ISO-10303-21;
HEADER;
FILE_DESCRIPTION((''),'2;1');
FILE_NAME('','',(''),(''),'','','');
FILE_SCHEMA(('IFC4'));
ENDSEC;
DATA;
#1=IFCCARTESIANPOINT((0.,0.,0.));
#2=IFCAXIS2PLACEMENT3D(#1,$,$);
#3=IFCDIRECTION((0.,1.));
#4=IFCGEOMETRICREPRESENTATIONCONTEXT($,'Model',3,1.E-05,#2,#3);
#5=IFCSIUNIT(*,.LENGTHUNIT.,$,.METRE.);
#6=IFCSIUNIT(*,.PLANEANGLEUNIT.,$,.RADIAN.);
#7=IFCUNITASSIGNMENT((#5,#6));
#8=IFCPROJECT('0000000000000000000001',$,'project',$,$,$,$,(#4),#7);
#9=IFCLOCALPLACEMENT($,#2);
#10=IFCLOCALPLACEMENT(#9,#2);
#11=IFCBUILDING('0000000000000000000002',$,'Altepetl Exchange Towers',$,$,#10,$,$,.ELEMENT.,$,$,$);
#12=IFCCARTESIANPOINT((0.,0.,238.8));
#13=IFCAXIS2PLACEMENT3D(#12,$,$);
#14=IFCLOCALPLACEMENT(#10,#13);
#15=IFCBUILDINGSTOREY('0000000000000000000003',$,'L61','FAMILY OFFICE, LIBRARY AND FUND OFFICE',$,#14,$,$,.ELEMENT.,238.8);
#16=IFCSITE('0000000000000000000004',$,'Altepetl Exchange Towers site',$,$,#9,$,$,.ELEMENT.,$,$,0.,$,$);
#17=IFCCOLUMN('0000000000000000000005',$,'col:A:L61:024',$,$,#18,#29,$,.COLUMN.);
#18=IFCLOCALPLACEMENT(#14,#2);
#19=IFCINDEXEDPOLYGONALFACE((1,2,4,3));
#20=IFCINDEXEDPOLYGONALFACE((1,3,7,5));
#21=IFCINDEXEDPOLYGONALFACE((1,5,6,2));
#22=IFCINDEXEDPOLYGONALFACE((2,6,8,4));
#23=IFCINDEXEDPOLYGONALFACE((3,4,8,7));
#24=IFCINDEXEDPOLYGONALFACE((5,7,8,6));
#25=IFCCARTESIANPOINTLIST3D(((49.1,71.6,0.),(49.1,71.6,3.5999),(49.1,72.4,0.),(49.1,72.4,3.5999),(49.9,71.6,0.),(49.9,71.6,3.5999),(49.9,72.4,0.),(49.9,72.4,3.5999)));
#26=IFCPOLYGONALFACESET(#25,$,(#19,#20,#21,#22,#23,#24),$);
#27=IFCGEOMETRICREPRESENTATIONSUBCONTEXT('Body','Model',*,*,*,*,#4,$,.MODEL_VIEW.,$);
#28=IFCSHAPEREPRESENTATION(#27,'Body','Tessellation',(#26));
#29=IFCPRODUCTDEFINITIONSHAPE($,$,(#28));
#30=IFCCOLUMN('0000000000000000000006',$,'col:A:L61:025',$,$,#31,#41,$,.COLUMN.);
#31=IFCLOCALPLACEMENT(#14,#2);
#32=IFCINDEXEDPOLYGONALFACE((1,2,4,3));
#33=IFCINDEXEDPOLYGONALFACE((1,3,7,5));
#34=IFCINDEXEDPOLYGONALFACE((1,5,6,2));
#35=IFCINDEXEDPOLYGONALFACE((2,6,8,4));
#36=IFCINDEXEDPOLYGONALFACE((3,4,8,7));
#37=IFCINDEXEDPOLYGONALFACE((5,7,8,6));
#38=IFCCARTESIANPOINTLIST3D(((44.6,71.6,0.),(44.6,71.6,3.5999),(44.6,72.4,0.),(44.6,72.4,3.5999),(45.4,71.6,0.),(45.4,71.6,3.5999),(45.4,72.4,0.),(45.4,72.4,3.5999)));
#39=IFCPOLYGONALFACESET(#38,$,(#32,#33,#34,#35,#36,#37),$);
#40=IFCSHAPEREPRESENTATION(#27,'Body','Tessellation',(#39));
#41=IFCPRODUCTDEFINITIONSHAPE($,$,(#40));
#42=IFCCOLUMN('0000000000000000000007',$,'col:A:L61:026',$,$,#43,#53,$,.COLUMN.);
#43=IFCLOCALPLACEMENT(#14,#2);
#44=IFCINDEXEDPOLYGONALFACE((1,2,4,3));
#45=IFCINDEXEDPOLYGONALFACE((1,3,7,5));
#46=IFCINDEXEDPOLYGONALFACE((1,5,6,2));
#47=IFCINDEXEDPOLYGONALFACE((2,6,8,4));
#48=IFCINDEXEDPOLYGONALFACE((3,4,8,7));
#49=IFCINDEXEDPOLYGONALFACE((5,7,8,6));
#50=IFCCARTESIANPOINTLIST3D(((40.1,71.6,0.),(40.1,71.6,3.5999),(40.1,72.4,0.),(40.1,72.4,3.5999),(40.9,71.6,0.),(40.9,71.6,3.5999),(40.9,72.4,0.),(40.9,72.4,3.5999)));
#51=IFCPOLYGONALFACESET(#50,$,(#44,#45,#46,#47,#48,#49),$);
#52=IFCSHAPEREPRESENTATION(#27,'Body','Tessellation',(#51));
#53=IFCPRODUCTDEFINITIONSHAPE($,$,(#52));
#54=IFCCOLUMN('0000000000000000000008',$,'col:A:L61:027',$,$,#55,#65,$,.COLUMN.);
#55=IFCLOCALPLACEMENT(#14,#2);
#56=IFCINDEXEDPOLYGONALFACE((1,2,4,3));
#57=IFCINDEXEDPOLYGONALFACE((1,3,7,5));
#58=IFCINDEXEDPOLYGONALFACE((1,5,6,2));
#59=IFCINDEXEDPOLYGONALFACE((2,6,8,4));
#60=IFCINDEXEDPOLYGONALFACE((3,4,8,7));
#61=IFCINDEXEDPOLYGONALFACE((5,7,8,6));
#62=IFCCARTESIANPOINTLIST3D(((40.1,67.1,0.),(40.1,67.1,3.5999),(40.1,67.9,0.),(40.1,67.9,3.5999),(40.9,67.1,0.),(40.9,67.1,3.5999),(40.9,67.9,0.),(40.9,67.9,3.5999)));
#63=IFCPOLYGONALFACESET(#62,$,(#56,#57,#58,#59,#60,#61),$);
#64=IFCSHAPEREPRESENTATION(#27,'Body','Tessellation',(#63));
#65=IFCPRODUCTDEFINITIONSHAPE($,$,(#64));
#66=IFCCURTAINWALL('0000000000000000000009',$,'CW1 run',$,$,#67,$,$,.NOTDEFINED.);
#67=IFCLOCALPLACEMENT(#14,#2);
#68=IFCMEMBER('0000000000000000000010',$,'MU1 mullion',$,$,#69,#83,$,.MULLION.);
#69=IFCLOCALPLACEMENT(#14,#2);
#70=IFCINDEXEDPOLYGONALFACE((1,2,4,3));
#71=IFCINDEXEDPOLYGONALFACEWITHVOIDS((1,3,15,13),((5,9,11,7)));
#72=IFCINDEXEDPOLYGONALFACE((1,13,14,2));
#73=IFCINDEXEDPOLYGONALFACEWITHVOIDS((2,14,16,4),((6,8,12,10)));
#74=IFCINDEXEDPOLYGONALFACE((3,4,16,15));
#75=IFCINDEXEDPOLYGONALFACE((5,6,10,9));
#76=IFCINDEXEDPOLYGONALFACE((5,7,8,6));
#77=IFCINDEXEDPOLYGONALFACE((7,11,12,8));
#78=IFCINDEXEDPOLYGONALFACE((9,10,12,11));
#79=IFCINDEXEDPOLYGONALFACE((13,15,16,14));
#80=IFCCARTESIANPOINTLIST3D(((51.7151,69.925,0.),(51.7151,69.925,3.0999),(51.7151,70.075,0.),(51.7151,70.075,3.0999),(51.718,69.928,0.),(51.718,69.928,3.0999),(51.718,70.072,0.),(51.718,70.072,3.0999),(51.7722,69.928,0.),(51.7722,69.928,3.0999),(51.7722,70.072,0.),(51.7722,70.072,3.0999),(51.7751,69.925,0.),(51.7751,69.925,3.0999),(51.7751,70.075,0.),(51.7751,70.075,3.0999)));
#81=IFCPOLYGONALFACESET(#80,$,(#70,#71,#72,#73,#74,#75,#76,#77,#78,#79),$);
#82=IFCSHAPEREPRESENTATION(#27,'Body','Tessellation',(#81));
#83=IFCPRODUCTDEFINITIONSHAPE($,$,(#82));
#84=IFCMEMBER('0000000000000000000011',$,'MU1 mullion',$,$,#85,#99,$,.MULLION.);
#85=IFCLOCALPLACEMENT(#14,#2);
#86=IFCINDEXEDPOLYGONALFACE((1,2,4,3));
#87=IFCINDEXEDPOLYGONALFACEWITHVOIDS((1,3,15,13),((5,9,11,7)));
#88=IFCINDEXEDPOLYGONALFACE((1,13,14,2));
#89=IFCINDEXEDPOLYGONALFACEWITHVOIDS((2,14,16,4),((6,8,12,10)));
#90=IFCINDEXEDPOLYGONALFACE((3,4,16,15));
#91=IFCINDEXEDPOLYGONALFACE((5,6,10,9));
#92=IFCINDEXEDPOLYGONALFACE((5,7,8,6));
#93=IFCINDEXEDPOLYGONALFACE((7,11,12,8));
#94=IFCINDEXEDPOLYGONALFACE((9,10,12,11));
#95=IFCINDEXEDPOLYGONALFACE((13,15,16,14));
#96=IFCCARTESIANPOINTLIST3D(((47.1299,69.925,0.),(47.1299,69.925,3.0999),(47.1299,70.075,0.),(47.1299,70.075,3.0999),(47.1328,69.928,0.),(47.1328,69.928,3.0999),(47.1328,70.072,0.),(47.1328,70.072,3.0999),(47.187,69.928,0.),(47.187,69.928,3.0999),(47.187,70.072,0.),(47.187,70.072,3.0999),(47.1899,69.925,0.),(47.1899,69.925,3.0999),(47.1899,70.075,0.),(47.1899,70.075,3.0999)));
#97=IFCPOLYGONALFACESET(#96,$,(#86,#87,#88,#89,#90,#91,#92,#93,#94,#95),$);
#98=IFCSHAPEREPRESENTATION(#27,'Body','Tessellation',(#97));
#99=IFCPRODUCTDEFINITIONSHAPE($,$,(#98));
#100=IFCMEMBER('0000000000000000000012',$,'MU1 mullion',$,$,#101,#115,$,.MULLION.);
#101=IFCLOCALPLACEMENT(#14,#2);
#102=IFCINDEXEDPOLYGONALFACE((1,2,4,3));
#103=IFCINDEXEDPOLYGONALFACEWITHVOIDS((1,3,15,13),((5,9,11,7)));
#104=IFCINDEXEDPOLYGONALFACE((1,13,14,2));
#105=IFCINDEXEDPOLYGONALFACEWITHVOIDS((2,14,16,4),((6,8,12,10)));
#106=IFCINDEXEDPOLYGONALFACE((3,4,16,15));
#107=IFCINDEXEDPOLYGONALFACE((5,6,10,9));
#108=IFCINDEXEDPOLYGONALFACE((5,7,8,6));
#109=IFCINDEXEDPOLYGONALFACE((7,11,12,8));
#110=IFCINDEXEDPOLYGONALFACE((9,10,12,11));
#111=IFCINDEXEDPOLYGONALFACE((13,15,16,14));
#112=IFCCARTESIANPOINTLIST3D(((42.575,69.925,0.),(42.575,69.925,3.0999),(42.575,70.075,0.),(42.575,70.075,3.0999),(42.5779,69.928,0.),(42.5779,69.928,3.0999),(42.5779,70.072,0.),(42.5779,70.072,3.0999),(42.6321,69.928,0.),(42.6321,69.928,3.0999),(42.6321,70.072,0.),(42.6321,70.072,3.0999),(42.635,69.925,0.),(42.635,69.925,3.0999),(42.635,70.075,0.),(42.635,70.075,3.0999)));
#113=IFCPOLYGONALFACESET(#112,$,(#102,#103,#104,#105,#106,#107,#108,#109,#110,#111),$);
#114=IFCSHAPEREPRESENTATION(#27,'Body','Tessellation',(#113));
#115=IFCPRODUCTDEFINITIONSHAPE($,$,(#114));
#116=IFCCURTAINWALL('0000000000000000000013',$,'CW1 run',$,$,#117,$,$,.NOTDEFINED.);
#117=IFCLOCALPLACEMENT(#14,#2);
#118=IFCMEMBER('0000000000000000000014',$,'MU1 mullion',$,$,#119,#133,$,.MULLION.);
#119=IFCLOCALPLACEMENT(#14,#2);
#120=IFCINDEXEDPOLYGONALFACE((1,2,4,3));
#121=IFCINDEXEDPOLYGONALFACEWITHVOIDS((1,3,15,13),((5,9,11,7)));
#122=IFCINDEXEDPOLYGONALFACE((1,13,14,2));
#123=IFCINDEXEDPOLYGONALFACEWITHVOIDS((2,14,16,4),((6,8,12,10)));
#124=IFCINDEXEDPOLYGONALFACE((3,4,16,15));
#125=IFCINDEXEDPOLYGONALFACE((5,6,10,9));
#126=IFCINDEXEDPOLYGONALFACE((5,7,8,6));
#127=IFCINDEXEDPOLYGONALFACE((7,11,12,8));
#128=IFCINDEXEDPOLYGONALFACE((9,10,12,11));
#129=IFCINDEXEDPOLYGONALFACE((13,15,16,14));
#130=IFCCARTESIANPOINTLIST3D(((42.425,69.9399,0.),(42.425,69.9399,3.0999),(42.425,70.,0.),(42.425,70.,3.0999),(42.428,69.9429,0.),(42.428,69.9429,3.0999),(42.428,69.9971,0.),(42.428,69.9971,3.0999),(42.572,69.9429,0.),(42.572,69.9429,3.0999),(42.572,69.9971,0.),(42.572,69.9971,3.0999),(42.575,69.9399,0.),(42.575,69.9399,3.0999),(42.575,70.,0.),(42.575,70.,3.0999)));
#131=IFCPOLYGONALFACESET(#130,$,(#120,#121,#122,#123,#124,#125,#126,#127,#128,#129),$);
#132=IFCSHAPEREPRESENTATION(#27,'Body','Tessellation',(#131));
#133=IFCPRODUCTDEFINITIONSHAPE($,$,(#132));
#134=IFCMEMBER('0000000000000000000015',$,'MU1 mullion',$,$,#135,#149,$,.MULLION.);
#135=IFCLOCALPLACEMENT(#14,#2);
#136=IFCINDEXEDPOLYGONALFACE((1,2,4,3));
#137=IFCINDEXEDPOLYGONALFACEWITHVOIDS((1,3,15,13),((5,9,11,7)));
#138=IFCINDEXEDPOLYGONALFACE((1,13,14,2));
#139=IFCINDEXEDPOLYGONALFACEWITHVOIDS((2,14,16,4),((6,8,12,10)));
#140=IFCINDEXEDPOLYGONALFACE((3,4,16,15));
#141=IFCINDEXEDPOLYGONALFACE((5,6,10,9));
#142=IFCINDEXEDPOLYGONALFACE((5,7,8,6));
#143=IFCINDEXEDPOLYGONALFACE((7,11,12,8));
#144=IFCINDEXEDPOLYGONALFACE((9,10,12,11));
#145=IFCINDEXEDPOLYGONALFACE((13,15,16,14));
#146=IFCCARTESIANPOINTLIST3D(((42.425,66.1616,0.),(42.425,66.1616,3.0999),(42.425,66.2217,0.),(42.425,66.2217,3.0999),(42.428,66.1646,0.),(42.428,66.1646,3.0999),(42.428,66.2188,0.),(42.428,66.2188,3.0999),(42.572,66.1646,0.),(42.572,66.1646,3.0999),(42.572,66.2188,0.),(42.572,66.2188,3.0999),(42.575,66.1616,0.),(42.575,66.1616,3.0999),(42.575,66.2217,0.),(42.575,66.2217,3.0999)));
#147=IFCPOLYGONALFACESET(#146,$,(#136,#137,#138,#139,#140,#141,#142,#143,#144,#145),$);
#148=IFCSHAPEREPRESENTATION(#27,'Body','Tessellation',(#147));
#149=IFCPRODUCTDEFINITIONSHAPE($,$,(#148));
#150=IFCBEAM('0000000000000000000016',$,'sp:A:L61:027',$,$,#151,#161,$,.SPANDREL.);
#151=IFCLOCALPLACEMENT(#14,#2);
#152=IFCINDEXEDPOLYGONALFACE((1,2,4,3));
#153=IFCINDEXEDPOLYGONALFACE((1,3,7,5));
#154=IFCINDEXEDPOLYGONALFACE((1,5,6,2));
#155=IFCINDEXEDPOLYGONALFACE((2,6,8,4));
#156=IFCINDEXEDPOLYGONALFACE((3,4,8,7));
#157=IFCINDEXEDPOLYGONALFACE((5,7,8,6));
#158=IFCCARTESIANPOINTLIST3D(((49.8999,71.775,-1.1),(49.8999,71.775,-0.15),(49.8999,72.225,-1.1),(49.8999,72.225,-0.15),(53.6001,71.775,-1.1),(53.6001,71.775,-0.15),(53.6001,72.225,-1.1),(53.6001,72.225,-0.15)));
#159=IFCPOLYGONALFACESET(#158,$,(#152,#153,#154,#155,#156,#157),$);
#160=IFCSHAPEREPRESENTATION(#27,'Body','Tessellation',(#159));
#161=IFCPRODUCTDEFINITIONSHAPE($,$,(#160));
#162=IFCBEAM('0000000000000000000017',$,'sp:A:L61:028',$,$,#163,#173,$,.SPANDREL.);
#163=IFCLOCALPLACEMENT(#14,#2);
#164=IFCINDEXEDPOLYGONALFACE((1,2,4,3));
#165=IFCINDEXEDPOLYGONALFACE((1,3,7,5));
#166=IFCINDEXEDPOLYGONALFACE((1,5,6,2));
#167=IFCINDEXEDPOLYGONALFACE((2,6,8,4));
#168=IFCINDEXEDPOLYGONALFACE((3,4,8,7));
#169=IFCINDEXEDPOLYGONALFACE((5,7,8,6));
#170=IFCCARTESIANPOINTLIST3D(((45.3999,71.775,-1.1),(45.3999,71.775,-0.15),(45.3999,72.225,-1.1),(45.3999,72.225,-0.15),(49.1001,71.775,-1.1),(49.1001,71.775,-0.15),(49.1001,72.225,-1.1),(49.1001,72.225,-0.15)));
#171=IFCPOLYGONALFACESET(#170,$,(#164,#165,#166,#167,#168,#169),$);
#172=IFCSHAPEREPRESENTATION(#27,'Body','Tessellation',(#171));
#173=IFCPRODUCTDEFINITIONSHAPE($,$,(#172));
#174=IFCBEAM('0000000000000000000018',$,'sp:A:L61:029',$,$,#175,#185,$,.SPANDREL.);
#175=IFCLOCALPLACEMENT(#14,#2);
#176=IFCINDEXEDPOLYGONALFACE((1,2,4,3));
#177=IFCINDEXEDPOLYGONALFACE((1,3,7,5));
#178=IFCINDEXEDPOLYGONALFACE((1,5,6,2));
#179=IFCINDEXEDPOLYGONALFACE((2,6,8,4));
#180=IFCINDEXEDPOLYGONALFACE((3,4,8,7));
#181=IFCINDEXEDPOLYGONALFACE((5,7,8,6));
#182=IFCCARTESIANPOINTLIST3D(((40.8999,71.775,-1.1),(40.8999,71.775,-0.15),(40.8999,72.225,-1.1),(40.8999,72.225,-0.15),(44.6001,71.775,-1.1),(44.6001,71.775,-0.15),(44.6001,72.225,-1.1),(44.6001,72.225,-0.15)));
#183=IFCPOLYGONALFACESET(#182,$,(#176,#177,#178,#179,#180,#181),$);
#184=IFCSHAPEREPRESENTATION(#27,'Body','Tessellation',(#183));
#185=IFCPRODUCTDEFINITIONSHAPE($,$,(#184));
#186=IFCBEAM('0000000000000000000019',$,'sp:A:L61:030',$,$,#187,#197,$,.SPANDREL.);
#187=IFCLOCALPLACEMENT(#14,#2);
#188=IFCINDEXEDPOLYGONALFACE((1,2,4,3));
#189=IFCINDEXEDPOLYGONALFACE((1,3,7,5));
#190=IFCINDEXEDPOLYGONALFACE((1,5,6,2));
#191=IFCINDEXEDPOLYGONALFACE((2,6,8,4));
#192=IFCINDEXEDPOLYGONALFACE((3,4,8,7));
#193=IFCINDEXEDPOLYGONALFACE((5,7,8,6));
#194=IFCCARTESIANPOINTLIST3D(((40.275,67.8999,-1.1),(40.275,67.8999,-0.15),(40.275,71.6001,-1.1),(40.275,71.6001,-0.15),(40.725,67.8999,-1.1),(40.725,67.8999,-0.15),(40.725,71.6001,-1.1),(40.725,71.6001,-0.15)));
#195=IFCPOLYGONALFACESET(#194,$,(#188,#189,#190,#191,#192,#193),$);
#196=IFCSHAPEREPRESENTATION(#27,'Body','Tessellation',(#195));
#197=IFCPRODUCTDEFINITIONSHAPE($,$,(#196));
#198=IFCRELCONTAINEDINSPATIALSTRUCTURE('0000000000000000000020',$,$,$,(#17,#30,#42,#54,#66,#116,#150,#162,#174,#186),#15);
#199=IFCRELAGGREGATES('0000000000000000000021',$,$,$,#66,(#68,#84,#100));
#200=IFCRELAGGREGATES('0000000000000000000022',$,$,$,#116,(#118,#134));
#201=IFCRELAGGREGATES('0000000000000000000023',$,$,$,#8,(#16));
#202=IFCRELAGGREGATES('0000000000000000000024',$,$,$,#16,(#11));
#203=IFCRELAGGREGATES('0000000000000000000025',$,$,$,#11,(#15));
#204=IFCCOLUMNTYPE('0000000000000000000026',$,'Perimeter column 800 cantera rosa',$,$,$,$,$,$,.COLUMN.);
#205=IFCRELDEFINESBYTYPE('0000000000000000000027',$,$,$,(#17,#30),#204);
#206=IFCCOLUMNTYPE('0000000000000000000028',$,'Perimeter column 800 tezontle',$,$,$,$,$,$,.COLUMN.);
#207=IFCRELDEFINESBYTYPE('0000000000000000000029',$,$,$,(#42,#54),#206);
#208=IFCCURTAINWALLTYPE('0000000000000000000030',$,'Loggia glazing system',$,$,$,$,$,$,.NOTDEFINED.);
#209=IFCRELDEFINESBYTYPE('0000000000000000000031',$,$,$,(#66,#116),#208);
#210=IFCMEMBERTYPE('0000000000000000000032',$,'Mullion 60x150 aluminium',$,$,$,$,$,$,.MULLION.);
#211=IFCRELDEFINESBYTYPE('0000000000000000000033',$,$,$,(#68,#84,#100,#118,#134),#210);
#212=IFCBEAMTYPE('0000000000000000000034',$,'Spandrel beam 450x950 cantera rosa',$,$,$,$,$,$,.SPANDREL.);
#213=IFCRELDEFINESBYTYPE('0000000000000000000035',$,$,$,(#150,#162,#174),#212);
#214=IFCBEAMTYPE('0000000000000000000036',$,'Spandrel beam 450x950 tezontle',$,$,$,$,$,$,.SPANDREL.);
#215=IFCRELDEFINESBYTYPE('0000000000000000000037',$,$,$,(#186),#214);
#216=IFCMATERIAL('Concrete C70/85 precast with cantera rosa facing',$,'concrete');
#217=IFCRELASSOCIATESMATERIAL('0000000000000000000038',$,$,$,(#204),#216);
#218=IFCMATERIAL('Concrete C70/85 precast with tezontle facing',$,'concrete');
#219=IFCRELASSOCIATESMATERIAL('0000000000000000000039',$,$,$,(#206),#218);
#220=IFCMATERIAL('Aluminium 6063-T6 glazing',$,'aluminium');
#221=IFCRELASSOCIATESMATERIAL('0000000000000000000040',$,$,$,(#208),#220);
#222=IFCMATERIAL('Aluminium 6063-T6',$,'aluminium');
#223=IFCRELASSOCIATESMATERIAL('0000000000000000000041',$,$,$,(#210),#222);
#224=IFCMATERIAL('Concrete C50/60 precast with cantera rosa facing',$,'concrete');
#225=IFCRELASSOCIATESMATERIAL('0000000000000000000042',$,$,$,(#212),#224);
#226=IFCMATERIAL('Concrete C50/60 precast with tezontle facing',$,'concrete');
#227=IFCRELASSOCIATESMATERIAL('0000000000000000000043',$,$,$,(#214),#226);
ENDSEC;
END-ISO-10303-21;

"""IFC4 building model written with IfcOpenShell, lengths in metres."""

from ifc_helpers import new_model, si_unit, direction, frame, origin, origin_2d, place, context, subcontext, project, spatial, rectangle, hollow_rectangle, extrude, material, material_profile, profile_set, type_object, element, aggregate, save


model = new_model("IFC4")

# Units and contexts
model_context = context("Model", 3, precision=1e-05, world=origin(), true_north=direction((0.0, 1.0)))
body_context = subcontext(model_context, "Body", "Model", "MODEL_VIEW")
ifc_project = project(units=[si_unit("LENGTHUNIT", "METRE"), si_unit("PLANEANGLEUNIT", "RADIAN")], contexts=[model_context])

# Site, building, storey
site_placement = place(None, origin())
site = spatial("IfcSite", under=ifc_project, at=site_placement, Name="Altepetl Exchange Towers site", CompositionType="ELEMENT", RefElevation=0.0)
building_placement = place(site_placement, origin())
building = spatial("IfcBuilding", under=site, at=building_placement, Name="Altepetl Exchange Towers", CompositionType="ELEMENT")
storey_placement = place(building_placement, frame((0.0, 0.0, 238.8)))
storey = spatial("IfcBuildingStorey", under=building, at=storey_placement, Name="L61", Description="FAMILY OFFICE, LIBRARY AND FUND OFFICE", CompositionType="ELEMENT", Elevation=238.8)

# Columns
ifc_material_1 = material(Name="Concrete C70/85 precast with cantera rosa facing", Category="concrete")
ifc_material_profile_1 = material_profile(ifc_material_1, rectangle(XDim=0.8, YDim=0.8, at=origin_2d()), Name="800 x 800")
ifc_profile_set_1 = profile_set([ifc_material_profile_1], Name="Concrete C70/85 precast with cantera rosa facing")
column_type_1 = type_object("IfcColumnType", Name="Perimeter column 800 cantera rosa", PredefinedType="COLUMN", material=ifc_profile_set_1)
for number, where, name in (
    (1, (49.5, 72.0, 0.0), "col:A:L61:024"),
    (2, (45.0, 72.0, 0.0), "col:A:L61:025"),
):
    element("IfcColumn", number, at=place(storey_placement, frame(where)), inside=storey, type_object=column_type_1, Name=name, PredefinedType="COLUMN", context=body_context, shape_type="SweptSolid", body=[
        extrude(rectangle(XDim=0.8, YDim=0.8, at=origin_2d()), origin(), (0.0, 0.0, 1.0), 3.5999),
    ])
ifc_material_2 = material(Name="Concrete C70/85 precast with tezontle facing", Category="concrete")
ifc_material_profile_2 = material_profile(ifc_material_2, rectangle(XDim=0.8, YDim=0.8, at=origin_2d()), Name="800 x 800")
ifc_profile_set_2 = profile_set([ifc_material_profile_2], Name="Concrete C70/85 precast with tezontle facing")
column_type_2 = type_object("IfcColumnType", Name="Perimeter column 800 tezontle", PredefinedType="COLUMN", material=ifc_profile_set_2)
for number, where, name in (
    (3, (40.5, 72.0, 0.0), "col:A:L61:026"),
    (4, (40.5, 67.5, 0.0), "col:A:L61:027"),
):
    element("IfcColumn", number, at=place(storey_placement, frame(where)), inside=storey, type_object=column_type_2, Name=name, PredefinedType="COLUMN", context=body_context, shape_type="SweptSolid", body=[
        extrude(rectangle(XDim=0.8, YDim=0.8, at=origin_2d()), origin(), (0.0, 0.0, 1.0), 3.5999),
    ])

# Curtain walls, members
ifc_material_3 = material(Name="Aluminium 6063-T6 glazing", Category="aluminium")
curtain_wall_type = type_object("IfcCurtainWallType", Name="Loggia glazing system", PredefinedType="NOTDEFINED", material=ifc_material_3)
curtain_wall_1_placement = place(storey_placement, origin())
curtain_wall_1 = element("IfcCurtainWall", 5, at=curtain_wall_1_placement, inside=storey, type_object=curtain_wall_type, Name="CW1 run", PredefinedType="NOTDEFINED")
ifc_material_4 = material(Name="Aluminium 6063-T6", Category="aluminium")
ifc_material_profile_3 = material_profile(ifc_material_4, hollow_rectangle(XDim=0.0601, YDim=0.1499, WallThickness=0.0029, at=origin_2d()), Name="Mullion 60x150 aluminium")
ifc_profile_set_3 = profile_set([ifc_material_profile_3], Name="Aluminium 6063-T6")
member_type = type_object("IfcMemberType", Name="Mullion 60x150 aluminium", PredefinedType="MULLION", material=ifc_profile_set_3)
member_1_placement = place(storey_placement, frame((51.7451, 70.0, 0.0), z_axis=(0.0, 0.0, 1.0), x_axis=(-1.0, 0.0, 0.0)))
member_1 = element("IfcMember", 6, at=member_1_placement, type_object=member_type, Name="MU1 mullion", PredefinedType="MULLION", context=body_context, shape_type="SweptSolid", body=[
    extrude(hollow_rectangle(XDim=0.0601, YDim=0.1499, WallThickness=0.0029, at=origin_2d()), origin(), (0.0, 0.0, 1.0), 3.0999),
])
member_2_placement = place(storey_placement, frame((47.1599, 70.0, 0.0), z_axis=(0.0, 0.0, 1.0), x_axis=(-1.0, 0.0, 0.0)))
member_2 = element("IfcMember", 7, at=member_2_placement, type_object=member_type, Name="MU1 mullion", PredefinedType="MULLION", context=body_context, shape_type="SweptSolid", body=[
    extrude(hollow_rectangle(XDim=0.0601, YDim=0.1499, WallThickness=0.0029, at=origin_2d()), origin(), (0.0, 0.0, 1.0), 3.0999),
])
member_3_placement = place(storey_placement, frame((42.605, 70.0, 0.0), z_axis=(0.0, 0.0, 1.0), x_axis=(-1.0, 0.0, 0.0)))
member_3 = element("IfcMember", 8, at=member_3_placement, type_object=member_type, Name="MU1 mullion", PredefinedType="MULLION", context=body_context, shape_type="SweptSolid", body=[
    extrude(hollow_rectangle(XDim=0.0601, YDim=0.1499, WallThickness=0.0029, at=origin_2d()), origin(), (0.0, 0.0, 1.0), 3.0999),
])
curtain_wall_2_placement = place(storey_placement, origin())
curtain_wall_2 = element("IfcCurtainWall", 9, at=curtain_wall_2_placement, inside=storey, type_object=curtain_wall_type, Name="CW1 run", PredefinedType="NOTDEFINED")
member_4_placement = place(storey_placement, frame((42.5, 69.97, 0.0), z_axis=(0.0, 0.0, 1.0), x_axis=(0.0, -1.0, 0.0)))
member_4 = element("IfcMember", 10, at=member_4_placement, type_object=member_type, Name="MU1 mullion", PredefinedType="MULLION", context=body_context, shape_type="SweptSolid", body=[
    extrude(hollow_rectangle(XDim=0.0601, YDim=0.1499, WallThickness=0.0029, at=origin_2d()), origin(), (0.0, 0.0, 1.0), 3.0999),
])
member_5_placement = place(storey_placement, frame((42.5, 66.1917, 0.0), z_axis=(0.0, 0.0, 1.0), x_axis=(0.0, -1.0, 0.0)))
member_5 = element("IfcMember", 11, at=member_5_placement, type_object=member_type, Name="MU1 mullion", PredefinedType="MULLION", context=body_context, shape_type="SweptSolid", body=[
    extrude(hollow_rectangle(XDim=0.0601, YDim=0.1499, WallThickness=0.0029, at=origin_2d()), origin(), (0.0, 0.0, 1.0), 3.0999),
])

# Beams
ifc_material_5 = material(Name="Concrete C50/60 precast with cantera rosa facing", Category="concrete")
ifc_material_profile_4 = material_profile(ifc_material_5, rectangle(XDim=0.45, YDim=0.95, at=origin_2d()), Name="450 x 950")
ifc_profile_set_4 = profile_set([ifc_material_profile_4], Name="Concrete C50/60 precast with cantera rosa facing")
beam_type_1 = type_object("IfcBeamType", Name="Spandrel beam 450x950 cantera rosa", PredefinedType="SPANDREL", material=ifc_profile_set_4)
for number, where, z_axis, x_axis, name in (
    (12, (53.6001, 72.0, -0.625), (-1.0, 0.0, 0.0), (0.0, -1.0, 0.0), "sp:A:L61:027"),
    (13, (49.1001, 72.0, -0.625), (-1.0, 0.0, 0.0), (0.0, -1.0, 0.0), "sp:A:L61:028"),
    (14, (44.6001, 72.0, -0.625), (-1.0, 0.0, 0.0), (0.0, -1.0, 0.0), "sp:A:L61:029"),
):
    element("IfcBeam", number, at=place(storey_placement, frame(where, z_axis=z_axis, x_axis=x_axis)), inside=storey, type_object=beam_type_1, Name=name, PredefinedType="SPANDREL", context=body_context, shape_type="SweptSolid", body=[
        extrude(rectangle(XDim=0.45, YDim=0.95, at=origin_2d()), origin(), (0.0, 0.0, 1.0), 3.7002),
    ])
ifc_material_6 = material(Name="Concrete C50/60 precast with tezontle facing", Category="concrete")
ifc_material_profile_5 = material_profile(ifc_material_6, rectangle(XDim=0.45, YDim=0.95, at=origin_2d()), Name="450 x 950")
ifc_profile_set_5 = profile_set([ifc_material_profile_5], Name="Concrete C50/60 precast with tezontle facing")
beam_type_2 = type_object("IfcBeamType", Name="Spandrel beam 450x950 tezontle", PredefinedType="SPANDREL", material=ifc_profile_set_5)
for number, where, z_axis, x_axis, name in (
    (15, (40.5, 71.6001, -0.625), (0.0, -1.0, 0.0), (1.0, 0.0, 0.0), "sp:A:L61:030"),
):
    element("IfcBeam", number, at=place(storey_placement, frame(where, z_axis=z_axis, x_axis=x_axis)), inside=storey, type_object=beam_type_2, Name=name, PredefinedType="SPANDREL", context=body_context, shape_type="SweptSolid", body=[
        extrude(rectangle(XDim=0.45, YDim=0.95, at=origin_2d()), origin(), (0.0, 0.0, 1.0), 3.7002),
    ])

aggregate(curtain_wall_1, [member_1, member_2, member_3])
aggregate(curtain_wall_2, [member_4, member_5])

save(model, "model.ifc")
